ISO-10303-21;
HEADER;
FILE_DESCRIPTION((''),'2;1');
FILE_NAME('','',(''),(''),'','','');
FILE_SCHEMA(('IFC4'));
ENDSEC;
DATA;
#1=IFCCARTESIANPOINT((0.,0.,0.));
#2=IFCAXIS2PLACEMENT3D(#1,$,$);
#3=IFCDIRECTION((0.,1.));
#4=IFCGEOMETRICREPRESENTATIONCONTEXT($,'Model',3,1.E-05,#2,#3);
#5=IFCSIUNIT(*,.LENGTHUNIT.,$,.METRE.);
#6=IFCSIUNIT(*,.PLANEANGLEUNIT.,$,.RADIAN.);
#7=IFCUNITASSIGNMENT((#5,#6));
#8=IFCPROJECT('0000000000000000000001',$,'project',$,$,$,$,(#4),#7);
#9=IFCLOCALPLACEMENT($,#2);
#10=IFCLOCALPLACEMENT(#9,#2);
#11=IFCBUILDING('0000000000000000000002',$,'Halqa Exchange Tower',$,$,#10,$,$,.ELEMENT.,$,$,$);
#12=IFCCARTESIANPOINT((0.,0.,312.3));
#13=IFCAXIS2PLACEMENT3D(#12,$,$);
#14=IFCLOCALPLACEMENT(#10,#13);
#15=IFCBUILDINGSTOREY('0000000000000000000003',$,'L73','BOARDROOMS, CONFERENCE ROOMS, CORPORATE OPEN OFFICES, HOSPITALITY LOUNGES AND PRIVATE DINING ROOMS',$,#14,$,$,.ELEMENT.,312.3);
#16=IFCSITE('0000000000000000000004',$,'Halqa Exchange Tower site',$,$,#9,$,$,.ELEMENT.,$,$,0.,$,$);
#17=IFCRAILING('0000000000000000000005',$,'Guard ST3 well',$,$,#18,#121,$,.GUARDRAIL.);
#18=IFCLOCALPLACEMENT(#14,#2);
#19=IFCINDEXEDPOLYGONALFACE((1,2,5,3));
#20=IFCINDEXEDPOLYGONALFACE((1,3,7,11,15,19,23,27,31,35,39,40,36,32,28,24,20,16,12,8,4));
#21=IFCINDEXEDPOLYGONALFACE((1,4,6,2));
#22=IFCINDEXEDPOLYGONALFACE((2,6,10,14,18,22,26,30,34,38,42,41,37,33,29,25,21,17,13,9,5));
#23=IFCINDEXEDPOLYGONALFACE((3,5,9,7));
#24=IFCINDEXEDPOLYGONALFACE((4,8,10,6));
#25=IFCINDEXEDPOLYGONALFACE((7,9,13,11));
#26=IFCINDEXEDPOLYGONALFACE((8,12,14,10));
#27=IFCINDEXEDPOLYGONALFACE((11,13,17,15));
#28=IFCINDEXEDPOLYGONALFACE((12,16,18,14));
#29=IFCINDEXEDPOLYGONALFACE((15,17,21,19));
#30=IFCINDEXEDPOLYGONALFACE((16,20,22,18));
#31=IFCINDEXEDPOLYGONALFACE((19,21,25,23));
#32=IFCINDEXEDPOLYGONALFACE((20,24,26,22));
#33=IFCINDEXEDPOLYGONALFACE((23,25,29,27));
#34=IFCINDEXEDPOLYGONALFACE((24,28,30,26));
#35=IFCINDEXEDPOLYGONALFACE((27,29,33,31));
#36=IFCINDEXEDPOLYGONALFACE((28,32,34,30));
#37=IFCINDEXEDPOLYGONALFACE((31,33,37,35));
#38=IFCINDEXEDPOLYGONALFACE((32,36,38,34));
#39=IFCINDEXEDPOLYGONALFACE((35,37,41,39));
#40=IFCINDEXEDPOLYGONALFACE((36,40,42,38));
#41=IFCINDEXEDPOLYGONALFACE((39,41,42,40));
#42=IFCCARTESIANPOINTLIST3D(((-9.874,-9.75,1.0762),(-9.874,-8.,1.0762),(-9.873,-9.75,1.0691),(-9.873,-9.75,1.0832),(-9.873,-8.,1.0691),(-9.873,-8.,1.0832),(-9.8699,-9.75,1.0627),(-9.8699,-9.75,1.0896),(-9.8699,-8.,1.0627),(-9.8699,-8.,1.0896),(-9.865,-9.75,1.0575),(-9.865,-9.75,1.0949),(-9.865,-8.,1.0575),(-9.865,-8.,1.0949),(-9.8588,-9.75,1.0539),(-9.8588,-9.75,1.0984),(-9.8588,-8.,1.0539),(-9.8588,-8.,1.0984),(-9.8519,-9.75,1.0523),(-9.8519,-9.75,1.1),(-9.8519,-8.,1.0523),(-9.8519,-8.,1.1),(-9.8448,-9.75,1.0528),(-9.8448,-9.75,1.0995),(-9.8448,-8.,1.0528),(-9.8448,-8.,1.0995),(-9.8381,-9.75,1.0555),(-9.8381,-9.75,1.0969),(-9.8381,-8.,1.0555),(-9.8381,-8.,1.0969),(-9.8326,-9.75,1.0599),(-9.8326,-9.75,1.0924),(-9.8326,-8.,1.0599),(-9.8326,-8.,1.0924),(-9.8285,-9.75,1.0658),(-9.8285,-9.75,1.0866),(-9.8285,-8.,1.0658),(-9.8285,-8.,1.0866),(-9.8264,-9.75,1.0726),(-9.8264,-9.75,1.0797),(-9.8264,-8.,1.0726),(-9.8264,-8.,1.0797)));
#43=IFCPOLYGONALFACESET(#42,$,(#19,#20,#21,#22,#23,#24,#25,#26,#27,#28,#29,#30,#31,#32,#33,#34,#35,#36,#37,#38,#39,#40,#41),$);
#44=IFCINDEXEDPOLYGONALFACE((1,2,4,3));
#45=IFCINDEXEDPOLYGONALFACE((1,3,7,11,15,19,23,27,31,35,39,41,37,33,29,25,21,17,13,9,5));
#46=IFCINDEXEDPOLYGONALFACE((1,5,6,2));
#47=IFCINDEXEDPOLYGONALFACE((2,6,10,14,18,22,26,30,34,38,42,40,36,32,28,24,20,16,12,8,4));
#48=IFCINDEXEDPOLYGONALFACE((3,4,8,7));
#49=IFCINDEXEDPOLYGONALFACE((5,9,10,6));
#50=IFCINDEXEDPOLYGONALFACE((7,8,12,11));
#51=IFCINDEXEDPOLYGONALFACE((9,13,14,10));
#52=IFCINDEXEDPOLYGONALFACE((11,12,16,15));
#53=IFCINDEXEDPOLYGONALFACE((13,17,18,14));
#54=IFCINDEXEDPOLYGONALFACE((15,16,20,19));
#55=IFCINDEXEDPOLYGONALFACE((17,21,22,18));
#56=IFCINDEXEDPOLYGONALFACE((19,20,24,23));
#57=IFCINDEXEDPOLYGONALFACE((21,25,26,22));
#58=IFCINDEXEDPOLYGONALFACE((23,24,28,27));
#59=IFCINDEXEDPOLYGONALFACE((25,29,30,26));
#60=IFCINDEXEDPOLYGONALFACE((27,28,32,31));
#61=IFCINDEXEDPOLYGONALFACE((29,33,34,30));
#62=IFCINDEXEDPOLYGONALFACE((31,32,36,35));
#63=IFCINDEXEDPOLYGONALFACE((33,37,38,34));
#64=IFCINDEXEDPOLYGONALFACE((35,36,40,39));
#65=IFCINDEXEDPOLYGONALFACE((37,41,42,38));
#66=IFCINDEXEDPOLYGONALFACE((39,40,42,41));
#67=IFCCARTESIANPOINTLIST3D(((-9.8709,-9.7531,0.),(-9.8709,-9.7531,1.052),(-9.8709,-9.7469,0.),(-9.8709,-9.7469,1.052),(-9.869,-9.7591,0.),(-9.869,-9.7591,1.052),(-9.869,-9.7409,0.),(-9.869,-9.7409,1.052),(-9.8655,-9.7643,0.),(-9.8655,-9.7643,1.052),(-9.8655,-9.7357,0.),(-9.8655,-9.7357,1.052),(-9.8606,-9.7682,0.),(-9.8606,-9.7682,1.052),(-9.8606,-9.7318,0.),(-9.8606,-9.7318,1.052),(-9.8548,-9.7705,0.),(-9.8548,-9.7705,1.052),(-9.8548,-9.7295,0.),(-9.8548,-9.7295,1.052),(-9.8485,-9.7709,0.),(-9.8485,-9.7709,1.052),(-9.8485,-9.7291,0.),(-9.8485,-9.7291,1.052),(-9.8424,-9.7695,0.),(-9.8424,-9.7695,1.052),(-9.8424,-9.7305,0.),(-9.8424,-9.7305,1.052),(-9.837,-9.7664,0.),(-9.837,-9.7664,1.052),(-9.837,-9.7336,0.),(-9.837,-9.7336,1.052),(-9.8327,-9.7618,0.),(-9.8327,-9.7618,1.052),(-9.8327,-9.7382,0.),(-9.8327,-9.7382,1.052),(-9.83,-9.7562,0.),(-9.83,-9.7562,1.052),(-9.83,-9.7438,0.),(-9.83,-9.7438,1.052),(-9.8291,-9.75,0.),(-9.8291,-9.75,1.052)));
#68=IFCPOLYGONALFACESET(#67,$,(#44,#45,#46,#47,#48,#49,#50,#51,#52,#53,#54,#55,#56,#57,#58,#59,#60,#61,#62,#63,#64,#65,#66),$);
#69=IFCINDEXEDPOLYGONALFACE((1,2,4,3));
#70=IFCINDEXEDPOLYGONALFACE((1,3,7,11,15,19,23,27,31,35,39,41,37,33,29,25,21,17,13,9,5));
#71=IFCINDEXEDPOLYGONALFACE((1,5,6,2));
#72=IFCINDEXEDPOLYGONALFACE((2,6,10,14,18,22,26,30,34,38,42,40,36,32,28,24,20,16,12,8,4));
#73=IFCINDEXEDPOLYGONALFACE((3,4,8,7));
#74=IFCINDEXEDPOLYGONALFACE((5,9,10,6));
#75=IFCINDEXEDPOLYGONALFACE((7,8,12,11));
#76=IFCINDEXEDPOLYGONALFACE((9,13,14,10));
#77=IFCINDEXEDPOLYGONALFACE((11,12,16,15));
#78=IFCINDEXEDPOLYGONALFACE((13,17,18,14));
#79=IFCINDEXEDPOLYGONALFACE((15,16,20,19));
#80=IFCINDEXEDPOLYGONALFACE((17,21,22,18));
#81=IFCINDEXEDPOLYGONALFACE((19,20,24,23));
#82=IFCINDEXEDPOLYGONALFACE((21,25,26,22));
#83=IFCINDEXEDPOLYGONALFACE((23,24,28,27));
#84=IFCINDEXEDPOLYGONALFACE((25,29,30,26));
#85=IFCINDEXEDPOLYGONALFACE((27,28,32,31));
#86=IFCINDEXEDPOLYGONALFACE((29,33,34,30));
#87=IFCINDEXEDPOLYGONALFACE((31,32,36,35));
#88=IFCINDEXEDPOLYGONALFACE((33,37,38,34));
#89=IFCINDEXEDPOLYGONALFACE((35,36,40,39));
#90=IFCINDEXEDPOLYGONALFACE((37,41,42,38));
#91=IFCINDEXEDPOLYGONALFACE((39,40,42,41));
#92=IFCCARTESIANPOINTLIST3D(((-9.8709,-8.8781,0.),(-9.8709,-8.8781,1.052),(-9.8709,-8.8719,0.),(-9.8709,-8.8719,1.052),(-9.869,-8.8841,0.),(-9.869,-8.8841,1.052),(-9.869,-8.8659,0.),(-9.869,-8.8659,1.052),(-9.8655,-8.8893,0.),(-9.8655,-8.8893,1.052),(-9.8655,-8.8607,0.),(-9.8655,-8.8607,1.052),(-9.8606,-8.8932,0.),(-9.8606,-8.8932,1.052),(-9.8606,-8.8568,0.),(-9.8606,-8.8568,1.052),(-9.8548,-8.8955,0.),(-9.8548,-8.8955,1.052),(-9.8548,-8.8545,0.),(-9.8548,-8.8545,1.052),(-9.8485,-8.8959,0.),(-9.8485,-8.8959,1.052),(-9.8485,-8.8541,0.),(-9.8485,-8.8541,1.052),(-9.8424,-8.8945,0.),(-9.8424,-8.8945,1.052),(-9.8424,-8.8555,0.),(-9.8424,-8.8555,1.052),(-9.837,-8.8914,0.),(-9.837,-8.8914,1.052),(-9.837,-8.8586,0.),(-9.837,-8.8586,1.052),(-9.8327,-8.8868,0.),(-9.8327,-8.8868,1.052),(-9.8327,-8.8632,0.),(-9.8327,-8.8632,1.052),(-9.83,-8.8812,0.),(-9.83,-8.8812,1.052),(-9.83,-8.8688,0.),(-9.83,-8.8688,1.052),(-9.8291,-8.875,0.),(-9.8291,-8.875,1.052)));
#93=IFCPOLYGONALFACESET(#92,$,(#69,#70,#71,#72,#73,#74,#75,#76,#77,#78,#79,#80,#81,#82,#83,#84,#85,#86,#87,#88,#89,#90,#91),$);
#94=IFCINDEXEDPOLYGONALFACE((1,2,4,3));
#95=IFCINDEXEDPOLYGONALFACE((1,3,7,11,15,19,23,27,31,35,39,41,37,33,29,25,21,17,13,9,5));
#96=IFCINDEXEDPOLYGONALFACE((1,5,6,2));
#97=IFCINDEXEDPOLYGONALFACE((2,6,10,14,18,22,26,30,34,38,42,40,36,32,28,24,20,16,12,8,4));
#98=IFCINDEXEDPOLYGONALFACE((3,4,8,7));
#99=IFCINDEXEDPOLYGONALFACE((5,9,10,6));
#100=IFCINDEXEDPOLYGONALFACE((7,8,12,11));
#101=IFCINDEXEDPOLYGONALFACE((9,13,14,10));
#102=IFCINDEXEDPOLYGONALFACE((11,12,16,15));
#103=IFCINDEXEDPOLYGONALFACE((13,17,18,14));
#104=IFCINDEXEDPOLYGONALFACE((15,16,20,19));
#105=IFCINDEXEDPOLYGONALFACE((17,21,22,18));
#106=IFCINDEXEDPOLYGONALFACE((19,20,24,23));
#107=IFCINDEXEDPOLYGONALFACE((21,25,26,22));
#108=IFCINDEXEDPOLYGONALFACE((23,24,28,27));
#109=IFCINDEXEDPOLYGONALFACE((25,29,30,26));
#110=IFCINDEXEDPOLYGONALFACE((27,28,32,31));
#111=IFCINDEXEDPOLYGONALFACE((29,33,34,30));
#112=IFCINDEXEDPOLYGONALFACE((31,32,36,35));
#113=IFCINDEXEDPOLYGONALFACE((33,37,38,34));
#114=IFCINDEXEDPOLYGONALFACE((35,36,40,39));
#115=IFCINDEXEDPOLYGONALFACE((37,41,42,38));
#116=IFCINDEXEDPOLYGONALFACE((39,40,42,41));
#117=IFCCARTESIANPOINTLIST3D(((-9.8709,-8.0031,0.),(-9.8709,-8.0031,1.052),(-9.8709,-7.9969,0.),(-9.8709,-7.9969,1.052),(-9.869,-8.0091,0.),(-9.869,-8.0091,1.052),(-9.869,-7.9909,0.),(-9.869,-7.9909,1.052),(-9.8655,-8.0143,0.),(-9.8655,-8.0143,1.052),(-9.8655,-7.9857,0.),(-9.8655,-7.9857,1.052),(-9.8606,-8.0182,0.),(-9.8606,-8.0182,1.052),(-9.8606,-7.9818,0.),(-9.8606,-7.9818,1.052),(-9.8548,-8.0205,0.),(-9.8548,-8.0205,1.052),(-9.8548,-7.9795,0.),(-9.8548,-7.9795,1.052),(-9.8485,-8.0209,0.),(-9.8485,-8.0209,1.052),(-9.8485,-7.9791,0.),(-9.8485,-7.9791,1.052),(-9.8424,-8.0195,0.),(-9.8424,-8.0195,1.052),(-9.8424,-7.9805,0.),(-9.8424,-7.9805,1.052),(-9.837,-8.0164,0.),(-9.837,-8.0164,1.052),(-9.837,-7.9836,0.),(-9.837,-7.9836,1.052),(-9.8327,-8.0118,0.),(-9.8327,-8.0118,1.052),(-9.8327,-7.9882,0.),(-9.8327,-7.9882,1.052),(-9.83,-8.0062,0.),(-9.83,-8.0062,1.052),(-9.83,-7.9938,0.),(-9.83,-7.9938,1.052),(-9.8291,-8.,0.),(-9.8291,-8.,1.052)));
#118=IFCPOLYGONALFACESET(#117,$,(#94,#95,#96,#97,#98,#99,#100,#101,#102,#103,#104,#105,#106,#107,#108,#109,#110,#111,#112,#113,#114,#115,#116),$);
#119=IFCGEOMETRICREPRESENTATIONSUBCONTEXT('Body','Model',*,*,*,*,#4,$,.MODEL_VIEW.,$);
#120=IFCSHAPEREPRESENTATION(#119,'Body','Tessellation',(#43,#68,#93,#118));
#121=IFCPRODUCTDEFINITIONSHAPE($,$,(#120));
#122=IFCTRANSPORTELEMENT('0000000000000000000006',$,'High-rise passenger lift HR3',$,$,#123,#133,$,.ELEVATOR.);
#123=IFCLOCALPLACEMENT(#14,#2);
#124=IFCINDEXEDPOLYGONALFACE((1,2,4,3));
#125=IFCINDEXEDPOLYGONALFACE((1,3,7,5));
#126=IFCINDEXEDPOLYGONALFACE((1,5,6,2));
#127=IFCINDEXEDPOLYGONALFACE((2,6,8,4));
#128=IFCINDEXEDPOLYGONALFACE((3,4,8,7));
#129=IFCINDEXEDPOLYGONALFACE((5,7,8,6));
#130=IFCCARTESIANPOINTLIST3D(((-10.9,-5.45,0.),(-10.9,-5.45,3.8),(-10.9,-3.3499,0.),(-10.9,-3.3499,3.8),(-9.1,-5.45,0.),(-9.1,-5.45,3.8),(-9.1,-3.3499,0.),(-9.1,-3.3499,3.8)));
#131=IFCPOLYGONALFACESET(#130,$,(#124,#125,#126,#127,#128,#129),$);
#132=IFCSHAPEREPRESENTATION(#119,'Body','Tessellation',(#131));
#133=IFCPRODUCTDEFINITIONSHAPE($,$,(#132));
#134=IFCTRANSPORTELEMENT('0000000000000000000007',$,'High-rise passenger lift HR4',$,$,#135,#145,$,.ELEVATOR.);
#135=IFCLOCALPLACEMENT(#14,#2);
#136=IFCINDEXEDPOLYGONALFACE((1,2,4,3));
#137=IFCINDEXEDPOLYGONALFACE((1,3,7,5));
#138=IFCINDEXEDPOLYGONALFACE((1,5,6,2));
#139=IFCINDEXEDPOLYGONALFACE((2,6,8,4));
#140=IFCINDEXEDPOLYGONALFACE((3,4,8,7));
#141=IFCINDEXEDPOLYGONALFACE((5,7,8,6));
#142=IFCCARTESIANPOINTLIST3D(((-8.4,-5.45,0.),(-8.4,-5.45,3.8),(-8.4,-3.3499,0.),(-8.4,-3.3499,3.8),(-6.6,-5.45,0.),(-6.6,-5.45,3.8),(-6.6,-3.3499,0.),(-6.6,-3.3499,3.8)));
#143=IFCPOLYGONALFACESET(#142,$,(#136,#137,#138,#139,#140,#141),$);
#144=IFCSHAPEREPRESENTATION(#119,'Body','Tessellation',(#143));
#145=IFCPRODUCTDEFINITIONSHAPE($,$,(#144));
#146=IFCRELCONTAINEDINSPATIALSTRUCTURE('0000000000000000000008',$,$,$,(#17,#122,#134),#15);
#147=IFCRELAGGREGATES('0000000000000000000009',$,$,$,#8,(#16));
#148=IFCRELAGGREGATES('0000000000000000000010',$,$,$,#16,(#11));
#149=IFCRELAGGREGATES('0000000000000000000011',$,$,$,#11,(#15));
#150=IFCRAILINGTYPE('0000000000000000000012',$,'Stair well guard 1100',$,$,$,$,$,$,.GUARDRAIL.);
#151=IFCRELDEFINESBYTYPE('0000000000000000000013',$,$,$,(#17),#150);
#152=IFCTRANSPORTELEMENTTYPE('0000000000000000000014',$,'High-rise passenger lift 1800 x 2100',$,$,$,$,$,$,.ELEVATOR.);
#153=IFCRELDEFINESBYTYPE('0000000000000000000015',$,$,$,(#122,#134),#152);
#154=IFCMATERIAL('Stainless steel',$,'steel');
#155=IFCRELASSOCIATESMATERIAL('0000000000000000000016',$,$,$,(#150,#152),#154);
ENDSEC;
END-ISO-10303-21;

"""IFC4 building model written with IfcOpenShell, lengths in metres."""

from ifc_helpers import new_model, si_unit, direction, frame, origin, origin_2d, place, context, subcontext, project, spatial, rectangle, circle, extrude, material, type_object, element, save


model = new_model("IFC4")

# Units and contexts
model_context = context("Model", 3, precision=1e-05, world=origin(), true_north=direction((0.0, 1.0)))
body_context = subcontext(model_context, "Body", "Model", "MODEL_VIEW")
ifc_project = project(units=[si_unit("LENGTHUNIT", "METRE"), si_unit("PLANEANGLEUNIT", "RADIAN")], contexts=[model_context])

# Site, building, storey
site_placement = place(None, origin())
site = spatial("IfcSite", under=ifc_project, at=site_placement, Name="Halqa Exchange Tower site", CompositionType="ELEMENT", RefElevation=0.0)
building_placement = place(site_placement, origin())
building = spatial("IfcBuilding", under=site, at=building_placement, Name="Halqa Exchange Tower", CompositionType="ELEMENT")
storey_placement = place(building_placement, frame((0.0, 0.0, 312.3)))
storey = spatial("IfcBuildingStorey", under=building, at=storey_placement, Name="L73", Description="BOARDROOMS, CONFERENCE ROOMS, CORPORATE OPEN OFFICES, HOSPITALITY LOUNGES AND PRIVATE DINING ROOMS", CompositionType="ELEMENT", Elevation=312.3)

# Shared definitions
ifc_material_1 = material(Name="Stainless steel", Category="steel")

# Railing
railing_type_1 = type_object("IfcRailingType", Name="Stair well guard 1100", PredefinedType="GUARDRAIL", material=ifc_material_1)
railing_1_placement = place(storey_placement, frame((-9.8501, -9.75, 0.0)))
element("IfcRailing", 1, at=railing_1_placement, inside=storey, type_object=railing_type_1, Name="Guard ST3 well", PredefinedType="GUARDRAIL", context=body_context, shape_type="SweptSolid", body=[
    extrude(circle(Radius=0.0239, at=origin_2d()), frame((0.0, 0.0, 1.0762), z_axis=(0.0, 1.0, 0.0), x_axis=(-1.0, 0.0, 0.0)), (0.0, 0.0, 1.0), 1.75),
    extrude(circle(Radius=0.021, at=origin_2d()), origin(), (0.0, 0.0, 1.0), 1.052),
    extrude(circle(Radius=0.021, at=origin_2d()), frame((0.0, 0.875, 0.0)), (0.0, 0.0, 1.0), 1.052),
    extrude(circle(Radius=0.021, at=origin_2d()), frame((0.0, 1.75, 0.0)), (0.0, 0.0, 1.0), 1.052),
])

# Transport elements
transport_element_type = type_object("IfcTransportElementType", Name="High-rise passenger lift 1800 x 2100", PredefinedType="ELEVATOR", material=ifc_material_1)
for number, where, z_axis, x_axis, name in (
    (2, (-10.0, -4.3999, 0.0), (0.0, 0.0, 1.0), (1.0, 0.0, 0.0), "High-rise passenger lift HR3"),
    (3, (-7.5, -4.3999, 0.0), (0.0, 0.0, 1.0), (1.0, 0.0, 0.0), "High-rise passenger lift HR4"),
):
    element("IfcTransportElement", number, at=place(storey_placement, frame(where, z_axis=z_axis, x_axis=x_axis)), inside=storey, type_object=transport_element_type, Name=name, PredefinedType="ELEVATOR", context=body_context, shape_type="SweptSolid", body=[
        extrude(rectangle(XDim=1.8, YDim=2.1001, at=origin_2d()), origin(), (0.0, 0.0, 1.0), 3.8),
    ])

save(model, "model.ifc")
